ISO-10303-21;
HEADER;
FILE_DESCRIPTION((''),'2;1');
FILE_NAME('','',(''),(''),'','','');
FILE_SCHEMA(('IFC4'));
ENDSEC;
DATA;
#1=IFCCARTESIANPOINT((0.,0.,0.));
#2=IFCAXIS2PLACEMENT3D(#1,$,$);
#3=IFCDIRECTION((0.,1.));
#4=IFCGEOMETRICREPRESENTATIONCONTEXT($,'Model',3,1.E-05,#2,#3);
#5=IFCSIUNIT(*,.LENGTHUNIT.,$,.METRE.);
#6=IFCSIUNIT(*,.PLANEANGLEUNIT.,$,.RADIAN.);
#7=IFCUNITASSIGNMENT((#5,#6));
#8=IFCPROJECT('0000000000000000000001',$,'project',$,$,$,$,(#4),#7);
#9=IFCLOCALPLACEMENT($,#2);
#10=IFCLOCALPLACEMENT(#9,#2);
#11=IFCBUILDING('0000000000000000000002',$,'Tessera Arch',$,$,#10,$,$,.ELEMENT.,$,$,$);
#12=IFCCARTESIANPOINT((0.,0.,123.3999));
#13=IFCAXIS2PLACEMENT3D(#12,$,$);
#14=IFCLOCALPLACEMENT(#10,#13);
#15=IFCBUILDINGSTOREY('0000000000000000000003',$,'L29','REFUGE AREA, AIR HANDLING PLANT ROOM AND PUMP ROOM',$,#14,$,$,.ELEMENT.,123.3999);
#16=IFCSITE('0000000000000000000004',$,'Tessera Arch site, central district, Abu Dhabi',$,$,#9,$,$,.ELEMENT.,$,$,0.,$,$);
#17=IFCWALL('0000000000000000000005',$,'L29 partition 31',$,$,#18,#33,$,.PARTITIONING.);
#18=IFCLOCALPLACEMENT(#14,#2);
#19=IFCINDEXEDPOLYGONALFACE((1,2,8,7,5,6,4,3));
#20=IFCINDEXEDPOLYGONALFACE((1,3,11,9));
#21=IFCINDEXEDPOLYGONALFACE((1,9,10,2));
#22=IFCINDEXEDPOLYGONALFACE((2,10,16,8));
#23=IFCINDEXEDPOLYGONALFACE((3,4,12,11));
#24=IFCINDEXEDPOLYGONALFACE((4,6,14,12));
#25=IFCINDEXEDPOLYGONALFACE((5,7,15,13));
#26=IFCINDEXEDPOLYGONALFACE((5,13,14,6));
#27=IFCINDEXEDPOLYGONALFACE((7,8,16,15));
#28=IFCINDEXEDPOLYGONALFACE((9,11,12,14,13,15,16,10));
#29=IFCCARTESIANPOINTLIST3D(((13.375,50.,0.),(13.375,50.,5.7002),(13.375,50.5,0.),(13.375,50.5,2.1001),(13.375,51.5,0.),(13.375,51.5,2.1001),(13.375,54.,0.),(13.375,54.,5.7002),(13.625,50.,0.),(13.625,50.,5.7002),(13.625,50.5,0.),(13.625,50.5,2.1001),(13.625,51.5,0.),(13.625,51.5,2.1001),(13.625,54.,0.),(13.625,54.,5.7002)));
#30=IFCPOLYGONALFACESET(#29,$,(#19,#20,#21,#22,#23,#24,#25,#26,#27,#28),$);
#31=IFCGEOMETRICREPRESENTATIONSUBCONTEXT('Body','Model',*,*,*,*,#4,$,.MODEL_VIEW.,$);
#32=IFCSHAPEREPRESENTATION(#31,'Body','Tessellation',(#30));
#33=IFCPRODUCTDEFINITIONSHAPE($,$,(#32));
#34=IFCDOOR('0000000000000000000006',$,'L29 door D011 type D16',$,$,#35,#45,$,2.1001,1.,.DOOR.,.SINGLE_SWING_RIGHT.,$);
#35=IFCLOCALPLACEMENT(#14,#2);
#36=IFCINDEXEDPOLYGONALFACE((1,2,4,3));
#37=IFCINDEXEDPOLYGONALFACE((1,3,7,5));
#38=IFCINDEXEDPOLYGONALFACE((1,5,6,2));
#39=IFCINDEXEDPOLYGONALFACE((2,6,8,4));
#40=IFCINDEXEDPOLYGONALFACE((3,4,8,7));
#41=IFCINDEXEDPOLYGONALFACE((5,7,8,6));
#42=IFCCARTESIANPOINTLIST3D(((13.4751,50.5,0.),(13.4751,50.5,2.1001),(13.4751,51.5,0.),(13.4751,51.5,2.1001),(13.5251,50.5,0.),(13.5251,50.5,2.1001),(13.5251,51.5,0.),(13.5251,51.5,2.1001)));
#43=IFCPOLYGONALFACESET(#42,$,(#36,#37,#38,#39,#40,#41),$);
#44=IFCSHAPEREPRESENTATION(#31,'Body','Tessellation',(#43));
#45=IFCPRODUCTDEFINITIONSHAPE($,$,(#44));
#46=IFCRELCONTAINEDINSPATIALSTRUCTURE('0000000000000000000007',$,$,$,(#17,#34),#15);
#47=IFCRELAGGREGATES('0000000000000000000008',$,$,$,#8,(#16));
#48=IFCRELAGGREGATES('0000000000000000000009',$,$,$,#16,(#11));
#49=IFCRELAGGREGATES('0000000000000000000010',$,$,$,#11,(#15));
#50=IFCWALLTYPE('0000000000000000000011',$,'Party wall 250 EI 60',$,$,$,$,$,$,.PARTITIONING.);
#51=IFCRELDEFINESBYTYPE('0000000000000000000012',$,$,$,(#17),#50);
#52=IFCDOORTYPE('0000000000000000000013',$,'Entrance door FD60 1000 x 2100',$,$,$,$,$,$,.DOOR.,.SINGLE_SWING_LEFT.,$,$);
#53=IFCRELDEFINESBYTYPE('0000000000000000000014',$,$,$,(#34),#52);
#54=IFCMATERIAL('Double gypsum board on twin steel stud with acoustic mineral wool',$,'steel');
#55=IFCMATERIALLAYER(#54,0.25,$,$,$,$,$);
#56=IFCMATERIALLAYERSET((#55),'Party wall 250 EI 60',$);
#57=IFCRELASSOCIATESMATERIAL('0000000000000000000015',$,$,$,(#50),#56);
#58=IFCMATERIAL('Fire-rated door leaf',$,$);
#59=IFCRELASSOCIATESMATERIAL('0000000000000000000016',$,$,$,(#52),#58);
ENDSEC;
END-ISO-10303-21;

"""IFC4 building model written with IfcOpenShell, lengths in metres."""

from ifc_helpers import new_model, si_unit, direction, frame, frame_2d, origin, place, context, subcontext, project, spatial, rectangle, extrude, material, layer, layer_set, type_object, element, fill, save


model = new_model("IFC4")

# Units and contexts
model_context = context("Model", 3, precision=1e-05, world=origin(), true_north=direction((0.0, 1.0)))
body_context = subcontext(model_context, "Body", "Model", "MODEL_VIEW")
ifc_project = project(units=[si_unit("LENGTHUNIT", "METRE"), si_unit("PLANEANGLEUNIT", "RADIAN")], contexts=[model_context])

# Site, building, storey
site_placement = place(None, origin())
site = spatial("IfcSite", under=ifc_project, at=site_placement, Name="Tessera Arch site, central district, Abu Dhabi", CompositionType="ELEMENT", RefElevation=0.0)
building_placement = place(site_placement, origin())
building = spatial("IfcBuilding", under=site, at=building_placement, Name="Tessera Arch", CompositionType="ELEMENT")
storey_placement = place(building_placement, frame((0.0, 0.0, 123.3999)))
storey = spatial("IfcBuildingStorey", under=building, at=storey_placement, Name="L29", Description="REFUGE AREA, AIR HANDLING PLANT ROOM AND PUMP ROOM", CompositionType="ELEMENT", Elevation=123.3999)

# Wall, opening, door
ifc_material_1 = material(Name="Double gypsum board on twin steel stud with acoustic mineral wool", Category="steel")
ifc_layer_1 = layer(ifc_material_1, 0.25)
ifc_layer_set_1 = layer_set([ifc_layer_1], Name="Party wall 250 EI 60")
wall_type = type_object("IfcWallType", Name="Party wall 250 EI 60", PredefinedType="PARTITIONING", material=ifc_layer_set_1)
wall_placement = place(storey_placement, frame((13.5, 50.0, 0.0), z_axis=(0.0, 0.0, 1.0), x_axis=(0.0, 1.0, 0.0)))
wall = element("IfcWall", 1, at=wall_placement, inside=storey, type_object=wall_type, Name="L29 partition 31", PredefinedType="PARTITIONING", context=body_context, shape_type="SweptSolid", body=[
    extrude(rectangle(XDim=4.0, YDim=0.25, at=frame_2d((2.0, 0.0))), origin(), (0.0, 0.0, 1.0), 5.7002),
])
opening_placement = place(wall_placement, frame((0.5, 0.0, 0.0)))
opening = element("IfcOpeningElement", 2, at=opening_placement, cuts=wall, PredefinedType="OPENING", context=body_context, shape_type="SweptSolid", body=[
    extrude(rectangle(XDim=1.0, YDim=2.1001, at=frame_2d((0.5, 1.05))), frame((0.0, 0.135, 0.0), z_axis=(0.0, -1.0, 0.0), x_axis=(1.0, 0.0, 0.0)), (0.0, 0.0, 1.0), 0.27),
])
ifc_material_2 = material(Name="Fire-rated door leaf")
door_type = type_object("IfcDoorType", Name="Entrance door FD60 1000 x 2100", OperationType="SINGLE_SWING_LEFT", PredefinedType="DOOR", material=ifc_material_2)
door_placement = place(opening_placement, origin())
door = element("IfcDoor", 3, at=door_placement, inside=storey, type_object=door_type, Name="L29 door D011 type D16", OperationType="SINGLE_SWING_RIGHT", OverallHeight=2.1001, OverallWidth=1.0, PredefinedType="DOOR", context=body_context, shape_type="SweptSolid", body=[
    extrude(rectangle(XDim=1.0, YDim=2.1001, at=frame_2d((0.5, 1.05))), frame((0.0, 0.0249, 0.0), z_axis=(0.0, -1.0, 0.0), x_axis=(1.0, 0.0, 0.0)), (0.0, 0.0, 1.0), 0.05),
])
fill(opening, door)

save(model, "model.ifc")
